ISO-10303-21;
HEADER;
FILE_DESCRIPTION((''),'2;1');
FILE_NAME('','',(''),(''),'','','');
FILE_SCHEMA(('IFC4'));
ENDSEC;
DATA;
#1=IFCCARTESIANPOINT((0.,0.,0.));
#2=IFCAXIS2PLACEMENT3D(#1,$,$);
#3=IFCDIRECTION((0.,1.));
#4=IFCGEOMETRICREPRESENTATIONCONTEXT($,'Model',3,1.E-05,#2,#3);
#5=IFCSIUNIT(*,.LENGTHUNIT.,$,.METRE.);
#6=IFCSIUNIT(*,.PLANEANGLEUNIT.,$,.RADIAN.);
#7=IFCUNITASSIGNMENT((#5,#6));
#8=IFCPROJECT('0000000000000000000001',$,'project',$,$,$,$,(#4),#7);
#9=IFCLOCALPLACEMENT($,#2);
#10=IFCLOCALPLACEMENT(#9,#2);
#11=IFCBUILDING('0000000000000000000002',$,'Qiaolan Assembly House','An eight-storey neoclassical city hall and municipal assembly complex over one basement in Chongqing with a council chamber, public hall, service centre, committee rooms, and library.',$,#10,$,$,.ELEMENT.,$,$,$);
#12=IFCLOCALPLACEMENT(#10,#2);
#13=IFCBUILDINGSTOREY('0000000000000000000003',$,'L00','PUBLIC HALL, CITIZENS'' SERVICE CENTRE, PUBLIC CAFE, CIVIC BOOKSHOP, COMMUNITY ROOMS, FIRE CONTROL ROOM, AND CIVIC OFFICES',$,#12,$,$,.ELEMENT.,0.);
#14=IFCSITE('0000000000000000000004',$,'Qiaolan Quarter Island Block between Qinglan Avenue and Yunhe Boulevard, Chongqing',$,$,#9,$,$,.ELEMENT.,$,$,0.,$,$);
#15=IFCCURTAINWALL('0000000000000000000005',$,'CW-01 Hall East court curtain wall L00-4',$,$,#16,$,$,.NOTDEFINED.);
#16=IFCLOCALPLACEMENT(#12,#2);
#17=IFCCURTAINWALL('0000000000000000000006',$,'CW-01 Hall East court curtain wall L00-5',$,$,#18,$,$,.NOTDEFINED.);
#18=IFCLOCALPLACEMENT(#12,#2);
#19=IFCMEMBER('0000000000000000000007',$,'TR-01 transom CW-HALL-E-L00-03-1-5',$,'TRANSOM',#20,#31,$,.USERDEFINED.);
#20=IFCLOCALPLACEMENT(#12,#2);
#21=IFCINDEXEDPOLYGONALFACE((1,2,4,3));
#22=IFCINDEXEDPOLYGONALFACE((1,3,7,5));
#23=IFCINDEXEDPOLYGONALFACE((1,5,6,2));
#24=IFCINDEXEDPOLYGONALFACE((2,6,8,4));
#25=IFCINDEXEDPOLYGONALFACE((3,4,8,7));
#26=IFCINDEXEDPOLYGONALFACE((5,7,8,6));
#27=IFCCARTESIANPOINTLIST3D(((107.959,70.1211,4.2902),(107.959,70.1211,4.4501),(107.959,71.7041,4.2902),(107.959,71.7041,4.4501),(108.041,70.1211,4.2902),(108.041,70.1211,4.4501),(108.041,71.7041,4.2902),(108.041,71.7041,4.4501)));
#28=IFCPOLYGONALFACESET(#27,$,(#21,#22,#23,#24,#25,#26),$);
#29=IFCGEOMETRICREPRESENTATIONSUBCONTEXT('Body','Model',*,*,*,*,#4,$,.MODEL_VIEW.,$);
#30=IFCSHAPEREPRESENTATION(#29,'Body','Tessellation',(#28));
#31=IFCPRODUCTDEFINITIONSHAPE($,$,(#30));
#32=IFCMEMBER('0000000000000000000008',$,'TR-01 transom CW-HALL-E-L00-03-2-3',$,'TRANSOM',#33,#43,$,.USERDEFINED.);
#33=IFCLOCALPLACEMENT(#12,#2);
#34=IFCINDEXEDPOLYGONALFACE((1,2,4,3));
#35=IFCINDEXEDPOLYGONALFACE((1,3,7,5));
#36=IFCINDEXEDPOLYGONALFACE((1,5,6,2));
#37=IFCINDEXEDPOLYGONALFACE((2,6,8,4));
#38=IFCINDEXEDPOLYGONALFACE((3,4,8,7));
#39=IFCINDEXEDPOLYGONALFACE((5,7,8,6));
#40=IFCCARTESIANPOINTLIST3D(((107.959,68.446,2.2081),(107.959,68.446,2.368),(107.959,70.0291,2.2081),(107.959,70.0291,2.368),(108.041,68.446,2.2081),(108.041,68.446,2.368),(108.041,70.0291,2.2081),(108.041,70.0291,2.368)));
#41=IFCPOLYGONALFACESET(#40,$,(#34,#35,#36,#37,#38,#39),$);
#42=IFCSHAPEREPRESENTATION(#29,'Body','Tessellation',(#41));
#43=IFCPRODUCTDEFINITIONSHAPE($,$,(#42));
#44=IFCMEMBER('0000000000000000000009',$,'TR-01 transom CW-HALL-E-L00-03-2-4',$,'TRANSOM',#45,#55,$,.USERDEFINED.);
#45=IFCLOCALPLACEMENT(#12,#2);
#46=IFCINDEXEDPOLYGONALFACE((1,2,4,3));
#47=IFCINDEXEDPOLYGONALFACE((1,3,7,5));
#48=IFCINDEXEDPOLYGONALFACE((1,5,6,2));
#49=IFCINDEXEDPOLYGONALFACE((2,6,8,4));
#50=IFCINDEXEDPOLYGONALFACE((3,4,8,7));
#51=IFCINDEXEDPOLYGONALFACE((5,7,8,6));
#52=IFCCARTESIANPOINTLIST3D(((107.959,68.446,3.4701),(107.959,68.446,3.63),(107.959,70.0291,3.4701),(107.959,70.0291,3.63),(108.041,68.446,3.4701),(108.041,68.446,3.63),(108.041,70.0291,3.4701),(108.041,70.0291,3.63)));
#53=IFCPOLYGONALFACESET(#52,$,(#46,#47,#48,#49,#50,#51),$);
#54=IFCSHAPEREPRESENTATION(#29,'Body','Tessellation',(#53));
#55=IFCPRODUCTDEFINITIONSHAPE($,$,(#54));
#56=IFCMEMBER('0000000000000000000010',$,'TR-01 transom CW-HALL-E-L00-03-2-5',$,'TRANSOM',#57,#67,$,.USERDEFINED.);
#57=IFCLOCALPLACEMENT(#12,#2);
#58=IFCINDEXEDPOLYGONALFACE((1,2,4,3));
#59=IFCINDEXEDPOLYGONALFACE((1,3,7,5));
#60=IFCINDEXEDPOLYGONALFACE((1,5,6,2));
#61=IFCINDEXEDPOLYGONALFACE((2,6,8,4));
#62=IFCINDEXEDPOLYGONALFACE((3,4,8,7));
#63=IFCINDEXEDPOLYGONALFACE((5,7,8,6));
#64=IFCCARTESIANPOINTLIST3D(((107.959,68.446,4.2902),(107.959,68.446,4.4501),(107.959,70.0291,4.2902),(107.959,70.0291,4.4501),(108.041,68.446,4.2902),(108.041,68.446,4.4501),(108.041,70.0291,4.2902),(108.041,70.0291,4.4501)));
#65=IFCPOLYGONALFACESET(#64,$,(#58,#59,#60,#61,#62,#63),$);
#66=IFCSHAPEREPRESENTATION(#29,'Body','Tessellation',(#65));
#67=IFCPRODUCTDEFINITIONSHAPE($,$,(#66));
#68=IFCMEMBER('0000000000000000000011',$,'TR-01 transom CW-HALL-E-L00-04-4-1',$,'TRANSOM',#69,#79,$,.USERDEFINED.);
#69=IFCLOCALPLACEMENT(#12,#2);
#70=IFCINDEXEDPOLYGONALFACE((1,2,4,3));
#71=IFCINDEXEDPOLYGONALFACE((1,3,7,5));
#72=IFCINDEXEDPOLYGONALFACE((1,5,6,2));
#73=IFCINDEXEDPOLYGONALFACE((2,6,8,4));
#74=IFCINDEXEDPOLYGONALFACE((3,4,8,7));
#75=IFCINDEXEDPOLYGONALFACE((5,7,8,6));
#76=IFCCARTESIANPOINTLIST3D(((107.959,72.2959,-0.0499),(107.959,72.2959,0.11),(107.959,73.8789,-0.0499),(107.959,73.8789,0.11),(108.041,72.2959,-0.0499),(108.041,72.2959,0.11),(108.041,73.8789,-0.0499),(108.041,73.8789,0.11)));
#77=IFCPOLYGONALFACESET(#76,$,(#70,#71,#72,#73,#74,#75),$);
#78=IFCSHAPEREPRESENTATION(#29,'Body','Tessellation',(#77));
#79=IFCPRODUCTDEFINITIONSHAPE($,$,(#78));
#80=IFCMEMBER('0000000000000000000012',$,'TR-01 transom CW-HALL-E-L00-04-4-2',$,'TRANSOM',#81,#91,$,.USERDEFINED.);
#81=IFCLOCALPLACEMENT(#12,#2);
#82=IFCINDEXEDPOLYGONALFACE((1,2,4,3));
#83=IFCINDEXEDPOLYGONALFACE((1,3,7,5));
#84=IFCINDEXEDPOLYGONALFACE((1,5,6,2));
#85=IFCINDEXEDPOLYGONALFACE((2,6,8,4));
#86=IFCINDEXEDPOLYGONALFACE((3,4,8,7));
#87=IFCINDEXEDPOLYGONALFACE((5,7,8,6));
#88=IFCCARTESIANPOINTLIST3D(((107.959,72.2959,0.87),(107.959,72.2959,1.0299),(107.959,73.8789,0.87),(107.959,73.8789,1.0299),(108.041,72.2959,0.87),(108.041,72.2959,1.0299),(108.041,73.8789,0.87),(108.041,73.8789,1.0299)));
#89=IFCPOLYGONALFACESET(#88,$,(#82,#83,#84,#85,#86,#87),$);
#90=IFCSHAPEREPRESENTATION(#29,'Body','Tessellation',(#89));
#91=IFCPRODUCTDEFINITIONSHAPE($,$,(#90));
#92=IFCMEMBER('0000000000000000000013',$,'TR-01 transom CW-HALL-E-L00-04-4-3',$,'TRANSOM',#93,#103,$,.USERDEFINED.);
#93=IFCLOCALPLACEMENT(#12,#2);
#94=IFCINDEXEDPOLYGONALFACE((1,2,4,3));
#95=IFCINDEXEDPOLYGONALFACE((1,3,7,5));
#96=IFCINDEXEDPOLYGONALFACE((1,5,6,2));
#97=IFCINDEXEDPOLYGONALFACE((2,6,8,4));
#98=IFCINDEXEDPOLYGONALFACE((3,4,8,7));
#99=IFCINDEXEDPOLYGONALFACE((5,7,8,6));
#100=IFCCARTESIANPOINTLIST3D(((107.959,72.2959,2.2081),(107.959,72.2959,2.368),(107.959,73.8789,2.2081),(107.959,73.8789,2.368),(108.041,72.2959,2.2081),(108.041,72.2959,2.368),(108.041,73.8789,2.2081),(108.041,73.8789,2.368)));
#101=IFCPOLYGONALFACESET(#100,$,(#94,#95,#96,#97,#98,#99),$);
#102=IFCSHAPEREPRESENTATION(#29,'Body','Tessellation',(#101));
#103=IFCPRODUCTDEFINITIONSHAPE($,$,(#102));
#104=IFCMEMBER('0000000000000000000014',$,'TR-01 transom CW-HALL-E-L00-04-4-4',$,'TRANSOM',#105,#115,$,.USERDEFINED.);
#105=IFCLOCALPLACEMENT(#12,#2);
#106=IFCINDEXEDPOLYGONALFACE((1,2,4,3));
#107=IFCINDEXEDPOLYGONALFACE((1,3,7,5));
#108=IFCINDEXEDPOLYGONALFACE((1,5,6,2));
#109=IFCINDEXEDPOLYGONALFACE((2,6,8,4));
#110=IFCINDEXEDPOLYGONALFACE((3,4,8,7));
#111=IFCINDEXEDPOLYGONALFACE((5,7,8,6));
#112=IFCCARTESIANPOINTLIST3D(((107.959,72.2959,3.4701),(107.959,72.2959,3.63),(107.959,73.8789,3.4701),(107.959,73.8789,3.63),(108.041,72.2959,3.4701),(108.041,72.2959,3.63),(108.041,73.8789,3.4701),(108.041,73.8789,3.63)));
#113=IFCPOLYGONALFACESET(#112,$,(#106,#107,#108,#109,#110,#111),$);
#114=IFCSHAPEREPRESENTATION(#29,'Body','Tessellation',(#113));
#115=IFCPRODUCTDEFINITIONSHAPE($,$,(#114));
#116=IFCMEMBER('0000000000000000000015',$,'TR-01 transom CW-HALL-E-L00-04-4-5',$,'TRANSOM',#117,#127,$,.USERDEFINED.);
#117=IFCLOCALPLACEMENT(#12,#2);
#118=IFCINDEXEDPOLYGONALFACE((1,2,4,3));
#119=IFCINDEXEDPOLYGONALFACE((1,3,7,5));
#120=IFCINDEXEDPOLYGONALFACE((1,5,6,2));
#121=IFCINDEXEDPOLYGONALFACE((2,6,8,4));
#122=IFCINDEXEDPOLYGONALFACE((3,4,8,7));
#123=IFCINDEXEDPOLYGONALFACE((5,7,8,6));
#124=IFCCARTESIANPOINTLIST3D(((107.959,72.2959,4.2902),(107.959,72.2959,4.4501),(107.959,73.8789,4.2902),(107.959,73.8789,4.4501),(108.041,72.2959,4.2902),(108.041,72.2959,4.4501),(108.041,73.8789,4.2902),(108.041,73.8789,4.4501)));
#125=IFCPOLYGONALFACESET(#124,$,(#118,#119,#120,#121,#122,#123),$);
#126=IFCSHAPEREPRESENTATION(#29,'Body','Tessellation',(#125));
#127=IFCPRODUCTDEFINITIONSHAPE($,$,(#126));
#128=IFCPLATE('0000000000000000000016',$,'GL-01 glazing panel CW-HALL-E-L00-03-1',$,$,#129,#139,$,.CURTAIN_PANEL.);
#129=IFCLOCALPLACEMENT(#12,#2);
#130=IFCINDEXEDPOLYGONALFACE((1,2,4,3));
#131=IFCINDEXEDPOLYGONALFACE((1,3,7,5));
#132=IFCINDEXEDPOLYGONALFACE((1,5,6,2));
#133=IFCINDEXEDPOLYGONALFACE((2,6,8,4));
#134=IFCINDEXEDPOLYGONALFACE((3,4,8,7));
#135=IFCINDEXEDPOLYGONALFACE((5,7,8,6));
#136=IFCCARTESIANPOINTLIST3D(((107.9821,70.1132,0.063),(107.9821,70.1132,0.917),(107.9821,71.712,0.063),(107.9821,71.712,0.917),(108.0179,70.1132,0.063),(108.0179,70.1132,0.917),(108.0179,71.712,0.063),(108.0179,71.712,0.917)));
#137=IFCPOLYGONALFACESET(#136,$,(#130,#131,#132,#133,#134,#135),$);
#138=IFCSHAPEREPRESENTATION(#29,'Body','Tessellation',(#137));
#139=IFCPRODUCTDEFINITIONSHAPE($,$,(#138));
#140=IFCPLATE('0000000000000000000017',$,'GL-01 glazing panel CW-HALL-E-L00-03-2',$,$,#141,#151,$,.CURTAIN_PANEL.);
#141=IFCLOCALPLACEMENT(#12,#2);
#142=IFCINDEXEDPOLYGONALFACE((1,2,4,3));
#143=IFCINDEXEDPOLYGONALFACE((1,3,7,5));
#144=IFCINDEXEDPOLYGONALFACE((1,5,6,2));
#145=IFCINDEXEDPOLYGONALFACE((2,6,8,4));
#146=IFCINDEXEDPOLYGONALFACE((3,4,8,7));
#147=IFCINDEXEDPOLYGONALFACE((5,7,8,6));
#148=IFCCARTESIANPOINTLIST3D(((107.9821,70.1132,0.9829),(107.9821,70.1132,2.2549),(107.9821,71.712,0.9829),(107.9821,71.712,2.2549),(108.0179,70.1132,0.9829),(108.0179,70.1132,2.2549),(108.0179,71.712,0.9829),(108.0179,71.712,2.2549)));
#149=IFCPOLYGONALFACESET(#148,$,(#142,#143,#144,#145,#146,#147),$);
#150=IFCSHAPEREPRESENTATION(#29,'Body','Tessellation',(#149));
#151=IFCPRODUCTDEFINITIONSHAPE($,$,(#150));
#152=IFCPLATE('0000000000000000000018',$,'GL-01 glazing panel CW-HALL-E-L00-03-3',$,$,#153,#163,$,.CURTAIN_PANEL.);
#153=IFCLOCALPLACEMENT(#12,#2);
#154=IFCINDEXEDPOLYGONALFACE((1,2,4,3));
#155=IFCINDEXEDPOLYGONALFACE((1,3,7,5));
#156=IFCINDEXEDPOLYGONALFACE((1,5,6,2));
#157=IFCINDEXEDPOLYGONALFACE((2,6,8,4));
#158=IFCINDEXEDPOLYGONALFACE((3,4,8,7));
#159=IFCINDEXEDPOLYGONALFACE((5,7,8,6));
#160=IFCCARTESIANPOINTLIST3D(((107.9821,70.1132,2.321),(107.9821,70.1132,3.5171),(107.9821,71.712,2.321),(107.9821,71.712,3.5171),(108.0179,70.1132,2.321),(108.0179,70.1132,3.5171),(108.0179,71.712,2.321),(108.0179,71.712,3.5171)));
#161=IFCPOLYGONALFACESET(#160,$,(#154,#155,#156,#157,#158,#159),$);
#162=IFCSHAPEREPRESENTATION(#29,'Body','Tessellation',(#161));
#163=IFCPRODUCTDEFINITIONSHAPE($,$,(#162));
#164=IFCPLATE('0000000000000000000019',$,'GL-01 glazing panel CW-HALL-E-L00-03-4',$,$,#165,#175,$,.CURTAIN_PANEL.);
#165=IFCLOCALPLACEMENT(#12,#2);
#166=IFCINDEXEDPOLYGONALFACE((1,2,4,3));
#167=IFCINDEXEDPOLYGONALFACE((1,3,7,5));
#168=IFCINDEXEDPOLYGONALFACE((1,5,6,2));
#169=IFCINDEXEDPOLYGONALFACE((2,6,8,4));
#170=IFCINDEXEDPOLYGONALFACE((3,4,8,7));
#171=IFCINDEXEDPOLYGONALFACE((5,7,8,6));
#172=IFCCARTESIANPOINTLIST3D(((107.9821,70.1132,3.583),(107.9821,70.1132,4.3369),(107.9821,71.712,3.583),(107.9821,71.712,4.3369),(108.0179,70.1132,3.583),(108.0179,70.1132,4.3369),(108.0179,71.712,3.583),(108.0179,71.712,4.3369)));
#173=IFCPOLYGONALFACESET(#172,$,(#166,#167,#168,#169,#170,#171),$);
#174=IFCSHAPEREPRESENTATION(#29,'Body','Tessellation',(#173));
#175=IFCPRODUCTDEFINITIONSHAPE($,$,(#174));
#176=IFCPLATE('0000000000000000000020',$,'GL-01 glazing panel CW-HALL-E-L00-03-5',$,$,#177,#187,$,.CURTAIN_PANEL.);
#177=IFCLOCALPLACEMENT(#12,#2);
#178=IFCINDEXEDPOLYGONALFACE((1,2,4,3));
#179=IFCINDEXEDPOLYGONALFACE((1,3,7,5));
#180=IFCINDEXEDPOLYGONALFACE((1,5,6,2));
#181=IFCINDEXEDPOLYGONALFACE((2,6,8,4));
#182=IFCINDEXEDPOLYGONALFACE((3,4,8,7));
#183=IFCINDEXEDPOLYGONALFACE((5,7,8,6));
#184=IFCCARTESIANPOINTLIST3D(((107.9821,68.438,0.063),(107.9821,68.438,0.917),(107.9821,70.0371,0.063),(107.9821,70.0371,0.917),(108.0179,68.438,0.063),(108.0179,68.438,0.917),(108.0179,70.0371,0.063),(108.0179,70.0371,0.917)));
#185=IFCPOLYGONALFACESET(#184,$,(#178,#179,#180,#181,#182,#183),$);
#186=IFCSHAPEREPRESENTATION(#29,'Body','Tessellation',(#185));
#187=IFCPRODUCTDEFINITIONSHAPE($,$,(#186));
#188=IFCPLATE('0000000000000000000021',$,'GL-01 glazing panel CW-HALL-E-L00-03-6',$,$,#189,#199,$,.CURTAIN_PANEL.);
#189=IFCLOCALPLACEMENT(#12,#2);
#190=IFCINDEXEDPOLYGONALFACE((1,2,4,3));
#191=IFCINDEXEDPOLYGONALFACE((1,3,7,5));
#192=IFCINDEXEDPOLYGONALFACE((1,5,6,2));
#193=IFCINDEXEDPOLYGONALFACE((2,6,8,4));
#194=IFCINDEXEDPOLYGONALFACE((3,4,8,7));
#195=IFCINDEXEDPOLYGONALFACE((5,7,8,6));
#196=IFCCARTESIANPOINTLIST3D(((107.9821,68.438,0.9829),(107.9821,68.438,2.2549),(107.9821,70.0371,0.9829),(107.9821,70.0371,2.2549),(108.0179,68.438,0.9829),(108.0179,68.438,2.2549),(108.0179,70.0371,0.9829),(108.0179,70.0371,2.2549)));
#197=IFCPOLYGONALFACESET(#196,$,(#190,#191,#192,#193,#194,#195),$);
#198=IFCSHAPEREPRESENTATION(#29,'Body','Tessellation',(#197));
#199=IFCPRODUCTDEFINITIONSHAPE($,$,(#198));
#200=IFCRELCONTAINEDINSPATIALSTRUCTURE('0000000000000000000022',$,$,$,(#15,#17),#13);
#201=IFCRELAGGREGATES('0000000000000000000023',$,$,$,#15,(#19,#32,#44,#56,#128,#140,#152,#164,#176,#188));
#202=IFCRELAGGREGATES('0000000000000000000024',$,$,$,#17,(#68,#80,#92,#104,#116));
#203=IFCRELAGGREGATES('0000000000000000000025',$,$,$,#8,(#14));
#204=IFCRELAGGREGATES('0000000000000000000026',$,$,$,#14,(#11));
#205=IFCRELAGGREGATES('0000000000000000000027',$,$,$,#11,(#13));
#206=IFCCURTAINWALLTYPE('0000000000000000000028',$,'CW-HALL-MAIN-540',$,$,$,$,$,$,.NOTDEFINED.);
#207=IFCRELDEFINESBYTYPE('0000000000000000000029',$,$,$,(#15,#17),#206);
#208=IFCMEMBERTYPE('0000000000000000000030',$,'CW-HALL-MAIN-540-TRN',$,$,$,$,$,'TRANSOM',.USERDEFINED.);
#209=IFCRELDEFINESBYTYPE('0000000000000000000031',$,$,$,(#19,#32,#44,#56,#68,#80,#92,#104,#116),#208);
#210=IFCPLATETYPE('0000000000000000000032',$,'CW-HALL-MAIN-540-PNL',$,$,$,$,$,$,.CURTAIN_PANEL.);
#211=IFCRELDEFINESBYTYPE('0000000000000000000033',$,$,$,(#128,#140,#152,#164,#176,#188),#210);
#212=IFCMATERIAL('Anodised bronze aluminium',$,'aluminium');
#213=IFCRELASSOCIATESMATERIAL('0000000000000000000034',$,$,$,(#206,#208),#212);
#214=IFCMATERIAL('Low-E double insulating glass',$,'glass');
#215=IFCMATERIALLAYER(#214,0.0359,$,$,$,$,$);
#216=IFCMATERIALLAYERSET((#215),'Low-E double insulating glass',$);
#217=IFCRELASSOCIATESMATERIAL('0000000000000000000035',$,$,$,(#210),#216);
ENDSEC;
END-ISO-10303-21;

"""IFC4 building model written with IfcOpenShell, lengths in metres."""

from ifc_helpers import new_model, si_unit, direction, frame, frame_2d, origin, origin_2d, place, context, subcontext, project, spatial, rectangle, extrude, material, layer, layer_set, material_profile, profile_set, type_object, element, aggregate, save


model = new_model("IFC4")

# Units and contexts
model_context = context("Model", 3, precision=1e-05, world=origin(), true_north=direction((0.0, 1.0)))
body_context = subcontext(model_context, "Body", "Model", "MODEL_VIEW")
ifc_project = project(units=[si_unit("LENGTHUNIT", "METRE"), si_unit("PLANEANGLEUNIT", "RADIAN")], contexts=[model_context])

# Site, building, storey
site_placement = place(None, origin())
site = spatial("IfcSite", under=ifc_project, at=site_placement, Name="Qiaolan Quarter Island Block between Qinglan Avenue and Yunhe Boulevard, Chongqing", CompositionType="ELEMENT", RefElevation=0.0)
building_placement = place(site_placement, origin())
building = spatial("IfcBuilding", under=site, at=building_placement, Name="Qiaolan Assembly House", Description="An eight-storey neoclassical city hall and municipal assembly complex over one basement in Chongqing with a council chamber, public hall, service centre, committee rooms, and library.", CompositionType="ELEMENT")
storey_placement = place(building_placement, origin())
storey = spatial("IfcBuildingStorey", under=building, at=storey_placement, Name="L00", Description="PUBLIC HALL, CITIZENS' SERVICE CENTRE, PUBLIC CAFE, CIVIC BOOKSHOP, COMMUNITY ROOMS, FIRE CONTROL ROOM, AND CIVIC OFFICES", CompositionType="ELEMENT", Elevation=0.0)

# Curtain wall
ifc_material_1 = material(Name="Anodised bronze aluminium", Category="aluminium")
curtain_wall_type = type_object("IfcCurtainWallType", Name="CW-HALL-MAIN-540", PredefinedType="NOTDEFINED", material=ifc_material_1)
curtain_wall_1_placement = place(storey_placement, origin())
curtain_wall_1 = element("IfcCurtainWall", 1, at=curtain_wall_1_placement, inside=storey, type_object=curtain_wall_type, Name="CW-01 Hall East court curtain wall L00-4", PredefinedType="NOTDEFINED")

# Curtain wall
curtain_wall_2_placement = place(storey_placement, origin())
curtain_wall_2 = element("IfcCurtainWall", 2, at=curtain_wall_2_placement, inside=storey, type_object=curtain_wall_type, Name="CW-01 Hall East court curtain wall L00-5", PredefinedType="NOTDEFINED")

# Members
ifc_material_profile_1 = material_profile(ifc_material_1, rectangle(XDim=0.082, YDim=0.1599, at=origin_2d()), Name="TRN 82x160")
ifc_profile_set_1 = profile_set([ifc_material_profile_1], Name="Anodised bronze aluminium")
member_type_1 = type_object("IfcMemberType", Name="CW-HALL-MAIN-540-TRN", ElementType="TRANSOM", PredefinedType="USERDEFINED", material=ifc_profile_set_1)
member_1_placement = place(storey_placement, frame((108.0, 71.7041, 4.3701), z_axis=(0.0, -1.0, 0.0), x_axis=(1.0, 0.0, 0.0)))
member_1 = element("IfcMember", 3, at=member_1_placement, type_object=member_type_1, Name="TR-01 transom CW-HALL-E-L00-03-1-5", ObjectType="TRANSOM", PredefinedType="USERDEFINED", context=body_context, shape_type="SweptSolid", body=[
    extrude(rectangle(XDim=0.082, YDim=0.1599, at=origin_2d()), origin(), (0.0, 0.0, 1.0), 1.583),
])
member_2_placement = place(storey_placement, frame((108.0, 70.0291, 2.2881), z_axis=(0.0, -1.0, 0.0), x_axis=(1.0, 0.0, 0.0)))
member_2 = element("IfcMember", 4, at=member_2_placement, type_object=member_type_1, Name="TR-01 transom CW-HALL-E-L00-03-2-3", ObjectType="TRANSOM", PredefinedType="USERDEFINED", context=body_context, shape_type="SweptSolid", body=[
    extrude(rectangle(XDim=0.082, YDim=0.1599, at=origin_2d()), origin(), (0.0, 0.0, 1.0), 1.583),
])
member_3_placement = place(storey_placement, frame((108.0, 70.0291, 3.55), z_axis=(0.0, -1.0, 0.0), x_axis=(1.0, 0.0, 0.0)))
member_3 = element("IfcMember", 5, at=member_3_placement, type_object=member_type_1, Name="TR-01 transom CW-HALL-E-L00-03-2-4", ObjectType="TRANSOM", PredefinedType="USERDEFINED", context=body_context, shape_type="SweptSolid", body=[
    extrude(rectangle(XDim=0.082, YDim=0.1599, at=origin_2d()), origin(), (0.0, 0.0, 1.0), 1.583),
])
member_4_placement = place(storey_placement, frame((108.0, 70.0291, 4.3701), z_axis=(0.0, -1.0, 0.0), x_axis=(1.0, 0.0, 0.0)))
member_4 = element("IfcMember", 6, at=member_4_placement, type_object=member_type_1, Name="TR-01 transom CW-HALL-E-L00-03-2-5", ObjectType="TRANSOM", PredefinedType="USERDEFINED", context=body_context, shape_type="SweptSolid", body=[
    extrude(rectangle(XDim=0.082, YDim=0.1599, at=origin_2d()), origin(), (0.0, 0.0, 1.0), 1.583),
])
member_5_placement = place(storey_placement, frame((108.0, 73.8789, 0.03), z_axis=(0.0, -1.0, 0.0), x_axis=(1.0, 0.0, 0.0)))
member_5 = element("IfcMember", 7, at=member_5_placement, type_object=member_type_1, Name="TR-01 transom CW-HALL-E-L00-04-4-1", ObjectType="TRANSOM", PredefinedType="USERDEFINED", context=body_context, shape_type="SweptSolid", body=[
    extrude(rectangle(XDim=0.082, YDim=0.1599, at=origin_2d()), origin(), (0.0, 0.0, 1.0), 1.583),
])
member_6_placement = place(storey_placement, frame((108.0, 73.8789, 0.95), z_axis=(0.0, -1.0, 0.0), x_axis=(1.0, 0.0, 0.0)))
member_6 = element("IfcMember", 8, at=member_6_placement, type_object=member_type_1, Name="TR-01 transom CW-HALL-E-L00-04-4-2", ObjectType="TRANSOM", PredefinedType="USERDEFINED", context=body_context, shape_type="SweptSolid", body=[
    extrude(rectangle(XDim=0.082, YDim=0.1599, at=origin_2d()), origin(), (0.0, 0.0, 1.0), 1.583),
])
member_7_placement = place(storey_placement, frame((108.0, 73.8789, 2.2881), z_axis=(0.0, -1.0, 0.0), x_axis=(1.0, 0.0, 0.0)))
member_7 = element("IfcMember", 9, at=member_7_placement, type_object=member_type_1, Name="TR-01 transom CW-HALL-E-L00-04-4-3", ObjectType="TRANSOM", PredefinedType="USERDEFINED", context=body_context, shape_type="SweptSolid", body=[
    extrude(rectangle(XDim=0.082, YDim=0.1599, at=origin_2d()), origin(), (0.0, 0.0, 1.0), 1.583),
])
member_8_placement = place(storey_placement, frame((108.0, 73.8789, 3.55), z_axis=(0.0, -1.0, 0.0), x_axis=(1.0, 0.0, 0.0)))
member_8 = element("IfcMember", 10, at=member_8_placement, type_object=member_type_1, Name="TR-01 transom CW-HALL-E-L00-04-4-4", ObjectType="TRANSOM", PredefinedType="USERDEFINED", context=body_context, shape_type="SweptSolid", body=[
    extrude(rectangle(XDim=0.082, YDim=0.1599, at=origin_2d()), origin(), (0.0, 0.0, 1.0), 1.583),
])
member_9_placement = place(storey_placement, frame((108.0, 73.8789, 4.3701), z_axis=(0.0, -1.0, 0.0), x_axis=(1.0, 0.0, 0.0)))
member_9 = element("IfcMember", 11, at=member_9_placement, type_object=member_type_1, Name="TR-01 transom CW-HALL-E-L00-04-4-5", ObjectType="TRANSOM", PredefinedType="USERDEFINED", context=body_context, shape_type="SweptSolid", body=[
    extrude(rectangle(XDim=0.082, YDim=0.1599, at=origin_2d()), origin(), (0.0, 0.0, 1.0), 1.583),
])

# Plates
ifc_material_2 = material(Name="Low-E double insulating glass", Category="glass")
ifc_layer = layer(ifc_material_2, 0.0359)
ifc_layer_set = layer_set([ifc_layer], Name="Low-E double insulating glass")
plate_type = type_object("IfcPlateType", Name="CW-HALL-MAIN-540-PNL", PredefinedType="CURTAIN_PANEL", material=ifc_layer_set)
plate_1_placement = place(storey_placement, frame((108.0, 71.7119, 0.063), z_axis=(0.0, 0.0, 1.0), x_axis=(0.0, -1.0, 0.0)))
plate_1 = element("IfcPlate", 12, at=plate_1_placement, type_object=plate_type, Name="GL-01 glazing panel CW-HALL-E-L00-03-1", PredefinedType="CURTAIN_PANEL", context=body_context, shape_type="SweptSolid", body=[
    extrude(rectangle(XDim=1.5989, YDim=0.0359, at=frame_2d((0.7993, 0.0))), origin(), (0.0, 0.0, 1.0), 0.854),
])
plate_2_placement = place(storey_placement, frame((108.0, 71.7119, 0.9829), z_axis=(0.0, 0.0, 1.0), x_axis=(0.0, -1.0, 0.0)))
plate_2 = element("IfcPlate", 13, at=plate_2_placement, type_object=plate_type, Name="GL-01 glazing panel CW-HALL-E-L00-03-2", PredefinedType="CURTAIN_PANEL", context=body_context, shape_type="SweptSolid", body=[
    extrude(rectangle(XDim=1.5989, YDim=0.0359, at=frame_2d((0.7993, 0.0))), origin(), (0.0, 0.0, 1.0), 1.272),
])
plate_3_placement = place(storey_placement, frame((108.0, 71.7119, 2.321), z_axis=(0.0, 0.0, 1.0), x_axis=(0.0, -1.0, 0.0)))
plate_3 = element("IfcPlate", 14, at=plate_3_placement, type_object=plate_type, Name="GL-01 glazing panel CW-HALL-E-L00-03-3", PredefinedType="CURTAIN_PANEL", context=body_context, shape_type="SweptSolid", body=[
    extrude(rectangle(XDim=1.5989, YDim=0.0359, at=frame_2d((0.7993, 0.0))), origin(), (0.0, 0.0, 1.0), 1.196),
])
plate_4_placement = place(storey_placement, frame((108.0, 71.7119, 3.583), z_axis=(0.0, 0.0, 1.0), x_axis=(0.0, -1.0, 0.0)))
plate_4 = element("IfcPlate", 15, at=plate_4_placement, type_object=plate_type, Name="GL-01 glazing panel CW-HALL-E-L00-03-4", PredefinedType="CURTAIN_PANEL", context=body_context, shape_type="SweptSolid", body=[
    extrude(rectangle(XDim=1.5989, YDim=0.0359, at=frame_2d((0.7993, 0.0))), origin(), (0.0, 0.0, 1.0), 0.7539),
])
plate_5_placement = place(storey_placement, frame((108.0, 70.0371, 0.063), z_axis=(0.0, 0.0, 1.0), x_axis=(0.0, -1.0, 0.0)))
plate_5 = element("IfcPlate", 16, at=plate_5_placement, type_object=plate_type, Name="GL-01 glazing panel CW-HALL-E-L00-03-5", PredefinedType="CURTAIN_PANEL", context=body_context, shape_type="SweptSolid", body=[
    extrude(rectangle(XDim=1.5991, YDim=0.0359, at=frame_2d((0.7996, 0.0))), origin(), (0.0, 0.0, 1.0), 0.854),
])
plate_6_placement = place(storey_placement, frame((108.0, 70.0371, 0.9829), z_axis=(0.0, 0.0, 1.0), x_axis=(0.0, -1.0, 0.0)))
plate_6 = element("IfcPlate", 17, at=plate_6_placement, type_object=plate_type, Name="GL-01 glazing panel CW-HALL-E-L00-03-6", PredefinedType="CURTAIN_PANEL", context=body_context, shape_type="SweptSolid", body=[
    extrude(rectangle(XDim=1.5991, YDim=0.0359, at=frame_2d((0.7996, 0.0))), origin(), (0.0, 0.0, 1.0), 1.272),
])
aggregate(curtain_wall_1, [member_1, member_2, member_3, member_4, plate_1, plate_2, plate_3, plate_4, plate_5, plate_6])
aggregate(curtain_wall_2, [member_5, member_6, member_7, member_8, member_9])

save(model, "model.ifc")
